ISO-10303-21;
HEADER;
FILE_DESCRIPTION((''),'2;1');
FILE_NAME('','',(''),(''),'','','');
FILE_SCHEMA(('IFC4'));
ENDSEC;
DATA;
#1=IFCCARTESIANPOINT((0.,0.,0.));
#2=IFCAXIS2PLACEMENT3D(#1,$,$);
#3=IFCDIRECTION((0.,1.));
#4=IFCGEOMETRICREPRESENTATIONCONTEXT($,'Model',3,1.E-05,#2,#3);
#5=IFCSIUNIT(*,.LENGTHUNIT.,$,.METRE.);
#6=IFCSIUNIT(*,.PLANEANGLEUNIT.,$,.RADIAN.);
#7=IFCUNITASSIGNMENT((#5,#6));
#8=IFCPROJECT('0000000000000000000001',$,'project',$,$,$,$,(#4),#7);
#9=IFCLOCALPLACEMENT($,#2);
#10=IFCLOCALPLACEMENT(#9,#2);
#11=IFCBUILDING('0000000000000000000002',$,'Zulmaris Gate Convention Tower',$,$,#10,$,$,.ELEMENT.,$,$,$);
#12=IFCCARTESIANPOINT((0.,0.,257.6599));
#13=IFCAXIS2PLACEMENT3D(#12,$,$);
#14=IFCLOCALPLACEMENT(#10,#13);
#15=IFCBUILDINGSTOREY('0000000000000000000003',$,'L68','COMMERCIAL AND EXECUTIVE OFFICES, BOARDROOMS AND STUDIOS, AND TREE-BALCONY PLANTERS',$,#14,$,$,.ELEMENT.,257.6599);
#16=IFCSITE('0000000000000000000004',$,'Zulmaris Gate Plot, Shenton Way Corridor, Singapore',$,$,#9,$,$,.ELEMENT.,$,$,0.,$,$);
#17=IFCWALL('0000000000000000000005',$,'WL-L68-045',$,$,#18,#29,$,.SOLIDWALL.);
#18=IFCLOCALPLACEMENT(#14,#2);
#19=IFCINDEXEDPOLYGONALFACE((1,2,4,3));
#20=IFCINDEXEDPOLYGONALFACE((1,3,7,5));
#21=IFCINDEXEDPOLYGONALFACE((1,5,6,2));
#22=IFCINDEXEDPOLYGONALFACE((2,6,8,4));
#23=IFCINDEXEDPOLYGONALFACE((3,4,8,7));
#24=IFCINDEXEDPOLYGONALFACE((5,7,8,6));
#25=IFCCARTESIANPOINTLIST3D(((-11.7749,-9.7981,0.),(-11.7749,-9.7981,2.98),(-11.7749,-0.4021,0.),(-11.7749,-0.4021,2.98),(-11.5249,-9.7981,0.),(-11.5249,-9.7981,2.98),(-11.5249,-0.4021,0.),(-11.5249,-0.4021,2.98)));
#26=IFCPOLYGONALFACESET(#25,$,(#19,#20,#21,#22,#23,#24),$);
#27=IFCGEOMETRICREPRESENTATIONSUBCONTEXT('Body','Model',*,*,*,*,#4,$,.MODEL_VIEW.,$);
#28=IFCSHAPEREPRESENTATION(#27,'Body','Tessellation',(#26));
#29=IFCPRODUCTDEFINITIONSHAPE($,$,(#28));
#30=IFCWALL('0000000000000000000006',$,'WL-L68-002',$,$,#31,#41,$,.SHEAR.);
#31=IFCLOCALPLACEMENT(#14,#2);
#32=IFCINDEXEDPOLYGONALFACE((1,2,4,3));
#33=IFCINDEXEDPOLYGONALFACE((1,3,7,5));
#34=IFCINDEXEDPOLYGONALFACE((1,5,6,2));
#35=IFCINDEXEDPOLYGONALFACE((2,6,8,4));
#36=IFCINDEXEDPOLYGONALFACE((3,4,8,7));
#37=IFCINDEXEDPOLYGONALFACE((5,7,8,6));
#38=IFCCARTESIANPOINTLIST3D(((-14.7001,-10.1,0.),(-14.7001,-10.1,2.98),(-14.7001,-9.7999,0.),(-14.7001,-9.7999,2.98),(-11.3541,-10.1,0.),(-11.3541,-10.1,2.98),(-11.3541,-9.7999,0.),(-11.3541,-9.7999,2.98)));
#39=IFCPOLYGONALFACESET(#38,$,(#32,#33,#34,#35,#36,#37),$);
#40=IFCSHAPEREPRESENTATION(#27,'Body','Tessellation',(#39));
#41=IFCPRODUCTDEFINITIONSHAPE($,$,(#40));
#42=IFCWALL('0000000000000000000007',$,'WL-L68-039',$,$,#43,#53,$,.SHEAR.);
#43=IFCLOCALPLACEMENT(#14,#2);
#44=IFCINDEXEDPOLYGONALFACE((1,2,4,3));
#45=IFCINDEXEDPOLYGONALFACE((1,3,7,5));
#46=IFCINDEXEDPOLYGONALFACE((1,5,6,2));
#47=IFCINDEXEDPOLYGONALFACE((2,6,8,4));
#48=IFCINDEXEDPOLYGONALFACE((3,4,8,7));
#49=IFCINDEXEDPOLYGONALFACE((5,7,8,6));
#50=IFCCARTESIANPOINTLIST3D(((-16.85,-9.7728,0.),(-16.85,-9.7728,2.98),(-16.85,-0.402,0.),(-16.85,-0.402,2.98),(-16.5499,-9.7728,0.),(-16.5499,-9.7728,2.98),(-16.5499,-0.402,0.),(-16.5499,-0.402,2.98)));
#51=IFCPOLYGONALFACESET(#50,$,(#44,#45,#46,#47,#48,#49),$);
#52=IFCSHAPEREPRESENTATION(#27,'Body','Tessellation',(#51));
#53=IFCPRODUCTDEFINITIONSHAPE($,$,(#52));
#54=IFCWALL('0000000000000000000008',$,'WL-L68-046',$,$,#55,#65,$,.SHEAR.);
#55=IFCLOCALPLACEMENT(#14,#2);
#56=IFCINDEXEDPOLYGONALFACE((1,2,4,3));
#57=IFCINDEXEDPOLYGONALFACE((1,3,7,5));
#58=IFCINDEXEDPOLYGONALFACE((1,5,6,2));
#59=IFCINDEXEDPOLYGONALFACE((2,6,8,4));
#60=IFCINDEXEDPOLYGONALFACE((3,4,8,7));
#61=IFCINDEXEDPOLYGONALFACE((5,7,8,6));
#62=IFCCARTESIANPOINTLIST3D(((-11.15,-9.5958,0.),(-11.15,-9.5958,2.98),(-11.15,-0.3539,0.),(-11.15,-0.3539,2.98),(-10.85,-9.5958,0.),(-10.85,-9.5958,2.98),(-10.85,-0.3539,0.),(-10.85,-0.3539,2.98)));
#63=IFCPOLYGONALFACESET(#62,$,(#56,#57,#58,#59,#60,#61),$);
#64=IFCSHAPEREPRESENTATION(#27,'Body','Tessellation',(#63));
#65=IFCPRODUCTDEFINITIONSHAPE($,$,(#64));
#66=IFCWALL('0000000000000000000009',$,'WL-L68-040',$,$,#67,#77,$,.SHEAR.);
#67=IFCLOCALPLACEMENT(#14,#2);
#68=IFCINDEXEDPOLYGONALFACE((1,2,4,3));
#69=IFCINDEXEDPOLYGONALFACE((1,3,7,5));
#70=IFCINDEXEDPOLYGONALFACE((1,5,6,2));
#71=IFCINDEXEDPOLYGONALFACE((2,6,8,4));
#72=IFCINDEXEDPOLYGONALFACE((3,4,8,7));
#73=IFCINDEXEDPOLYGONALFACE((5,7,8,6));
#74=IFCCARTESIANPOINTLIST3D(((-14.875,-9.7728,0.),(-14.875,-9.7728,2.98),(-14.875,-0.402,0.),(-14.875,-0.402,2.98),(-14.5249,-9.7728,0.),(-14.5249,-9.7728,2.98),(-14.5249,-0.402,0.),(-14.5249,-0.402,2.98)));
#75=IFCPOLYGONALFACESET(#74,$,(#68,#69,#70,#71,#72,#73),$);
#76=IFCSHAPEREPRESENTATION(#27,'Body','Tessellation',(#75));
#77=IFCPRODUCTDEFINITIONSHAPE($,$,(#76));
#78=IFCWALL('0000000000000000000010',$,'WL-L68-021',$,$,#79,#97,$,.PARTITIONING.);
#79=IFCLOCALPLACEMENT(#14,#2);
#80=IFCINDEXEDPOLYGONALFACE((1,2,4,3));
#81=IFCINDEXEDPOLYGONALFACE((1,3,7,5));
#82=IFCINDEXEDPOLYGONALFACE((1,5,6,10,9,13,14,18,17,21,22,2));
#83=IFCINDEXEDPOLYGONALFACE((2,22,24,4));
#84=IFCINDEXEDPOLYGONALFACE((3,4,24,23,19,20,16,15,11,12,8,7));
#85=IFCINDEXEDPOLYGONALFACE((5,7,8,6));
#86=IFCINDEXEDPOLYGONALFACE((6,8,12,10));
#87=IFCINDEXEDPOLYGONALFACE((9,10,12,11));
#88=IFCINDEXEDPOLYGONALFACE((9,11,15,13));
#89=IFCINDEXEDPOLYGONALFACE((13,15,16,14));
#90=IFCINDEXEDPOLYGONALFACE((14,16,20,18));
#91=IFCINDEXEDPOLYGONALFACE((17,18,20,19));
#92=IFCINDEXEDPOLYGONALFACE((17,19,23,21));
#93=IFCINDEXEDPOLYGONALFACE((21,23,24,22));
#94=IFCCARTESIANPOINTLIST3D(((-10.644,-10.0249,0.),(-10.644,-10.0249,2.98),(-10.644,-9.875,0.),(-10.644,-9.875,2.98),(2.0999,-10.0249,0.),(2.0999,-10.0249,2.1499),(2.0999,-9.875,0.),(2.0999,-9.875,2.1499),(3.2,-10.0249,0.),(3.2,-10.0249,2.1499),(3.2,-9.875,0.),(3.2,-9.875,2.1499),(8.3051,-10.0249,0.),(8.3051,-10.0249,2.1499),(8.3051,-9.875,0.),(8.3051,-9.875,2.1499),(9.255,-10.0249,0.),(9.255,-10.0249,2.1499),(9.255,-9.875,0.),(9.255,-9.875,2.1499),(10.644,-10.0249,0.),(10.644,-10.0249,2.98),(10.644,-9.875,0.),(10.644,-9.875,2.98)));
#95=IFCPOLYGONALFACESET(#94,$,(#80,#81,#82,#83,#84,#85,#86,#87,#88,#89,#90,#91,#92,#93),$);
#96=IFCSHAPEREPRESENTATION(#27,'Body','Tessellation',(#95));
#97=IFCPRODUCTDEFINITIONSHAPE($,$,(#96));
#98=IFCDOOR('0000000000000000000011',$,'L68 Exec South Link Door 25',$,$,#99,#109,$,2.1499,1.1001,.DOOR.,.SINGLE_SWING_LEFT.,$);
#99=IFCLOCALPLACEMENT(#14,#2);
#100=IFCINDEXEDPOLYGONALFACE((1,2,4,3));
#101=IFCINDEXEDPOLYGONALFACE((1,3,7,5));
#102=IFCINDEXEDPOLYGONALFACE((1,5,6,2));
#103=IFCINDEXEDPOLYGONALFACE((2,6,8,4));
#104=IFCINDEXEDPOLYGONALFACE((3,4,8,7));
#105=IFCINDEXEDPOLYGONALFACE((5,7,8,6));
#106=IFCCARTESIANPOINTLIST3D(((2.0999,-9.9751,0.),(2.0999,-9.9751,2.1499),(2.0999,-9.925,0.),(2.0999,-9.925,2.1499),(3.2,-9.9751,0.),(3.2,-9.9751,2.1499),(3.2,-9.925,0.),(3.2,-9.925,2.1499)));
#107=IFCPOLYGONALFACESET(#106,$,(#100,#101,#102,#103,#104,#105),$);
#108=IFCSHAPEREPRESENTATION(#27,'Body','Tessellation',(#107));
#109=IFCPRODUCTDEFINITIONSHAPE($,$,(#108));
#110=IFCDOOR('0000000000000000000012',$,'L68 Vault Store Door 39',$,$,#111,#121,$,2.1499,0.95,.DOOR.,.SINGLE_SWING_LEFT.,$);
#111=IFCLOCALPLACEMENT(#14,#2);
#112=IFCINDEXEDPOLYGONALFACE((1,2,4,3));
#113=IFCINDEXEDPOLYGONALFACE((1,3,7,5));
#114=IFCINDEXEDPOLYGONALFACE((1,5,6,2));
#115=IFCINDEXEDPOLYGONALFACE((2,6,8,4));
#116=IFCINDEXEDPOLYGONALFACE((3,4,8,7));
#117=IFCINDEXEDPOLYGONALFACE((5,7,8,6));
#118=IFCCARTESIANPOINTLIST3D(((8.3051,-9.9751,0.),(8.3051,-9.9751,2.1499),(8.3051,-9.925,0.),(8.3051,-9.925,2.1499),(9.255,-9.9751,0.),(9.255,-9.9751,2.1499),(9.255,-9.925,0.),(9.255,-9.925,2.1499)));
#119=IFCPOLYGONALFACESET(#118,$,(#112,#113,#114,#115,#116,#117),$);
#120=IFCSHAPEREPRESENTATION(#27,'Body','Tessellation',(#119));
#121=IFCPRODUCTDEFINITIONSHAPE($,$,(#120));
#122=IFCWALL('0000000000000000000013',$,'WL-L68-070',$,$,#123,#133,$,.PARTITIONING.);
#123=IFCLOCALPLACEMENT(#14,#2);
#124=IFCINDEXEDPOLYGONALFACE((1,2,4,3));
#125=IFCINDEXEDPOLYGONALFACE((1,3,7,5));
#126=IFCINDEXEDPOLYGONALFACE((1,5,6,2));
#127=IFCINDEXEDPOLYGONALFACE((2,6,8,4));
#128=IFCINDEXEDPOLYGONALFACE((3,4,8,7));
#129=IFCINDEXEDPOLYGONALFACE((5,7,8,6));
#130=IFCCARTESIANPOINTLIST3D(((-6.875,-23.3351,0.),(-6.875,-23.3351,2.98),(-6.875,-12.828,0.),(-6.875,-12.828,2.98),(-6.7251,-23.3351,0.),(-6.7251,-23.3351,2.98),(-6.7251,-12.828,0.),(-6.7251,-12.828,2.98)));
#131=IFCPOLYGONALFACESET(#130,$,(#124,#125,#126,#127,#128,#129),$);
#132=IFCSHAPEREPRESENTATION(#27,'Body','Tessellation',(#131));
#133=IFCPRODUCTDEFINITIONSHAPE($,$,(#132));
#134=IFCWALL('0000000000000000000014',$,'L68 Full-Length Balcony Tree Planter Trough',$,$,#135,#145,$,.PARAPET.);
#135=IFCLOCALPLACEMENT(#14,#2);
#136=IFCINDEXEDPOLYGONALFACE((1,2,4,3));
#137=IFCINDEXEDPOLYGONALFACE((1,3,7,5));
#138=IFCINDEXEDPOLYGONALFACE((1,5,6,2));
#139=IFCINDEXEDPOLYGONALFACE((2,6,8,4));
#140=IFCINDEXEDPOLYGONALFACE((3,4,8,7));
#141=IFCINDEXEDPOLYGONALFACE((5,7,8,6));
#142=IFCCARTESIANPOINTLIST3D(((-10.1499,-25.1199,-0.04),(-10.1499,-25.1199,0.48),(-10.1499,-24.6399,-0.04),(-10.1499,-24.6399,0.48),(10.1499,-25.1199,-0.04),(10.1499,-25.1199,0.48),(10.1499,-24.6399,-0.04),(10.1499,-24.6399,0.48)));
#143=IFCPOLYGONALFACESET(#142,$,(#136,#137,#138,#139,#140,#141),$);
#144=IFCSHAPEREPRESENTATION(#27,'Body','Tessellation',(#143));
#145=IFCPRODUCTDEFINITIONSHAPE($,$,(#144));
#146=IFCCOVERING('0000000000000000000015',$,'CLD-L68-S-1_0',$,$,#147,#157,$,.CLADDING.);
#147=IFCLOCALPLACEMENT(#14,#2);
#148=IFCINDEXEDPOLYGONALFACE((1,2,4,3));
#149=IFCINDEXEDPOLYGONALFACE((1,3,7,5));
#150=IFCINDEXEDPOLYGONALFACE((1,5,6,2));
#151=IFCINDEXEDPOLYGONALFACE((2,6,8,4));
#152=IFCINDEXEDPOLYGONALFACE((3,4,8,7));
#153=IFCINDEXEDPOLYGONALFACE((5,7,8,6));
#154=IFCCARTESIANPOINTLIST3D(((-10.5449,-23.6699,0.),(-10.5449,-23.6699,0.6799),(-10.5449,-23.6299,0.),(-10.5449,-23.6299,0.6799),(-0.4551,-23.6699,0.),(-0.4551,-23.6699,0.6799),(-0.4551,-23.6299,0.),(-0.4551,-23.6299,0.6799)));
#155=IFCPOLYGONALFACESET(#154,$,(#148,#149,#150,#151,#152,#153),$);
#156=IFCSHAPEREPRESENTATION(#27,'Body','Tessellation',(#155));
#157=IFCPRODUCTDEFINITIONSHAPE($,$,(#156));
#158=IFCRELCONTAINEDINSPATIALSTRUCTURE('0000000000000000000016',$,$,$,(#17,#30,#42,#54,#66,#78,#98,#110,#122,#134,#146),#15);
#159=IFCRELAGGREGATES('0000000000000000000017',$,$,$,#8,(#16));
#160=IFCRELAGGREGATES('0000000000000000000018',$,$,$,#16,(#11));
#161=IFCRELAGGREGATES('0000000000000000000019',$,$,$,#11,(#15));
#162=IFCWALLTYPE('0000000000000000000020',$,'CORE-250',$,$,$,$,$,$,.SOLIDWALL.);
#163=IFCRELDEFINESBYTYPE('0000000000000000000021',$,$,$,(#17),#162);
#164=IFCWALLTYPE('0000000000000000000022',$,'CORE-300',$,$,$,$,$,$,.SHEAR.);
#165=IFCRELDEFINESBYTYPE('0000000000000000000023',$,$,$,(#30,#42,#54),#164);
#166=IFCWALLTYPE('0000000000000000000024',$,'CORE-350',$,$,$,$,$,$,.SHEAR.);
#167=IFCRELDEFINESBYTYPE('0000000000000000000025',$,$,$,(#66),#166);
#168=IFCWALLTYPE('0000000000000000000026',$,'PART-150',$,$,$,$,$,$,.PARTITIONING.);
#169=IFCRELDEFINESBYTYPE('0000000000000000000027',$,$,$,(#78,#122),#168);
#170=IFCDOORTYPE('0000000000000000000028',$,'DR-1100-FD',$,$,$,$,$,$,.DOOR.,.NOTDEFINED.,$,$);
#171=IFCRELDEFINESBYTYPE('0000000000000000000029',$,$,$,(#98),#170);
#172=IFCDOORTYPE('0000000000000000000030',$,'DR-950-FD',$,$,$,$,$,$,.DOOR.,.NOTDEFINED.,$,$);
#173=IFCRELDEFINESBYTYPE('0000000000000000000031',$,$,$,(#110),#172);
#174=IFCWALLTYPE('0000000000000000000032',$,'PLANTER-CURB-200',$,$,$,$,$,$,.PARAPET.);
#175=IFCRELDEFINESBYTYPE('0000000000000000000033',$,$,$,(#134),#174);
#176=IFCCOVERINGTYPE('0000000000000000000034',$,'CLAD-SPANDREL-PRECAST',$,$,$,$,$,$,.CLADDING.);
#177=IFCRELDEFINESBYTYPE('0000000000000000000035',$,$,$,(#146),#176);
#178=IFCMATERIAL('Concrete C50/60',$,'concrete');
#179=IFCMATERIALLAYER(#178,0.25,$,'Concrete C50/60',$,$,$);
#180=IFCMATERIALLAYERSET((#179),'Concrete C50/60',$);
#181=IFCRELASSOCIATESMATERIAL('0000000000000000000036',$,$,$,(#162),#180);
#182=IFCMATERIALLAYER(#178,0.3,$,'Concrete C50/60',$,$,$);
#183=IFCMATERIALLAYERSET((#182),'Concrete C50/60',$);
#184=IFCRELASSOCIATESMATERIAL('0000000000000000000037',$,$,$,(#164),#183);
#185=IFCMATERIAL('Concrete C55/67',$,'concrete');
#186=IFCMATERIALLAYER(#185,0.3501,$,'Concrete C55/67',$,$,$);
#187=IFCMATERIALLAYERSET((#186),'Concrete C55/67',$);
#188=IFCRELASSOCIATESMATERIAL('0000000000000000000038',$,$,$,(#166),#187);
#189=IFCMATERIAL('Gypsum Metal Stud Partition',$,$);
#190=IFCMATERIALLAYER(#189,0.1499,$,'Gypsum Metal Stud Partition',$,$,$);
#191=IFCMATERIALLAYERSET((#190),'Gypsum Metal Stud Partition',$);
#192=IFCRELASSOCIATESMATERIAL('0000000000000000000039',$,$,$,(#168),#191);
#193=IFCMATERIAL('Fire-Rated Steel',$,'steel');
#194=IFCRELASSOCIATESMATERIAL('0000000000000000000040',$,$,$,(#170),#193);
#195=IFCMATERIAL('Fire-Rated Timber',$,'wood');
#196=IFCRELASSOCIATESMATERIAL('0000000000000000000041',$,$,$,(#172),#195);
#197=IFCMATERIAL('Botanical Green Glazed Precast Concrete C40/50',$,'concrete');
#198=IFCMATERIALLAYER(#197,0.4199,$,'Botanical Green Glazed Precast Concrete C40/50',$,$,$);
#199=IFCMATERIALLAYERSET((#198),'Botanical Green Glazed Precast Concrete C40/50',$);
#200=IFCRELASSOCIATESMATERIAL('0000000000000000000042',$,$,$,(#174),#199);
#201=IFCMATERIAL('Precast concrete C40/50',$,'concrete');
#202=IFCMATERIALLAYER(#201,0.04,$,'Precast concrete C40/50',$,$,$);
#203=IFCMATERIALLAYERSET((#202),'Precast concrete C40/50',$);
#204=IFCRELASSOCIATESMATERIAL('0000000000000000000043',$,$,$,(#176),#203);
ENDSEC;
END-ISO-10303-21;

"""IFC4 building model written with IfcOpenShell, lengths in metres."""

from ifc_helpers import new_model, si_unit, direction, frame, frame_2d, origin, place, context, subcontext, project, spatial, rectangle, extrude, material, layer, layer_set, type_object, element, fill, save


model = new_model("IFC4")

# Units and contexts
model_context = context("Model", 3, precision=1e-05, world=origin(), true_north=direction((0.0, 1.0)))
body_context = subcontext(model_context, "Body", "Model", "MODEL_VIEW")
ifc_project = project(units=[si_unit("LENGTHUNIT", "METRE"), si_unit("PLANEANGLEUNIT", "RADIAN")], contexts=[model_context])

# Site, building, storey
site_placement = place(None, origin())
site = spatial("IfcSite", under=ifc_project, at=site_placement, Name="Zulmaris Gate Plot, Shenton Way Corridor, Singapore", CompositionType="ELEMENT", RefElevation=0.0)
building_placement = place(site_placement, origin())
building = spatial("IfcBuilding", under=site, at=building_placement, Name="Zulmaris Gate Convention Tower", CompositionType="ELEMENT")
storey_placement = place(building_placement, frame((0.0, 0.0, 257.6599)))
storey = spatial("IfcBuildingStorey", under=building, at=storey_placement, Name="L68", Description="COMMERCIAL AND EXECUTIVE OFFICES, BOARDROOMS AND STUDIOS, AND TREE-BALCONY PLANTERS", CompositionType="ELEMENT", Elevation=257.6599)

# Shared definitions
ifc_material_1 = material(Name="Concrete C50/60", Category="concrete")

# Walls
ifc_layer_1 = layer(ifc_material_1, 0.25, Name="Concrete C50/60")
ifc_layer_set_1 = layer_set([ifc_layer_1], Name="Concrete C50/60")
wall_type_1 = type_object("IfcWallType", Name="CORE-250", PredefinedType="SOLIDWALL", material=ifc_layer_set_1)
wall_1_placement = place(storey_placement, frame((-11.6499, -9.7981, 0.0), z_axis=(0.0, 0.0, 1.0), x_axis=(0.0, 1.0, 0.0)))
element("IfcWall", 1, at=wall_1_placement, inside=storey, type_object=wall_type_1, Name="WL-L68-045", PredefinedType="SOLIDWALL", context=body_context, shape_type="SweptSolid", body=[
    extrude(rectangle(XDim=9.396, YDim=0.25, at=frame_2d((4.698, 0.0))), origin(), (0.0, 0.0, 1.0), 2.98),
])
ifc_layer_2 = layer(ifc_material_1, 0.3, Name="Concrete C50/60")
ifc_layer_set_2 = layer_set([ifc_layer_2], Name="Concrete C50/60")
wall_type_2 = type_object("IfcWallType", Name="CORE-300", PredefinedType="SHEAR", material=ifc_layer_set_2)
wall_2_placement = place(storey_placement, frame((-14.7, -9.95, 0.0), z_axis=(0.0, 0.0, 1.0), x_axis=(1.0, 0.0, 0.0)))
element("IfcWall", 2, at=wall_2_placement, inside=storey, type_object=wall_type_2, Name="WL-L68-002", PredefinedType="SHEAR", context=body_context, shape_type="SweptSolid", body=[
    extrude(rectangle(XDim=3.3459, YDim=0.3, at=frame_2d((1.6729, 0.0))), origin(), (0.0, 0.0, 1.0), 2.98),
])
wall_3_placement = place(storey_placement, frame((-16.7, -9.7729, 0.0), z_axis=(0.0, 0.0, 1.0), x_axis=(0.0, 1.0, 0.0)))
element("IfcWall", 3, at=wall_3_placement, inside=storey, type_object=wall_type_2, Name="WL-L68-039", PredefinedType="SHEAR", context=body_context, shape_type="SweptSolid", body=[
    extrude(rectangle(XDim=9.3708, YDim=0.3, at=frame_2d((4.6855, 0.0))), origin(), (0.0, 0.0, 1.0), 2.98),
])
wall_4_placement = place(storey_placement, frame((-11.0, -9.5959, 0.0), z_axis=(0.0, 0.0, 1.0), x_axis=(0.0, 1.0, 0.0)))
element("IfcWall", 4, at=wall_4_placement, inside=storey, type_object=wall_type_2, Name="WL-L68-046", PredefinedType="SHEAR", context=body_context, shape_type="SweptSolid", body=[
    extrude(rectangle(XDim=9.2419, YDim=0.3, at=frame_2d((4.6211, 0.0))), origin(), (0.0, 0.0, 1.0), 2.98),
])
ifc_material_2 = material(Name="Concrete C55/67", Category="concrete")
ifc_layer_3 = layer(ifc_material_2, 0.3501, Name="Concrete C55/67")
ifc_layer_set_3 = layer_set([ifc_layer_3], Name="Concrete C55/67")
wall_type_3 = type_object("IfcWallType", Name="CORE-350", PredefinedType="SHEAR", material=ifc_layer_set_3)
wall_5_placement = place(storey_placement, frame((-14.7, -9.7729, 0.0), z_axis=(0.0, 0.0, 1.0), x_axis=(0.0, 1.0, 0.0)))
element("IfcWall", 5, at=wall_5_placement, inside=storey, type_object=wall_type_3, Name="WL-L68-040", PredefinedType="SHEAR", context=body_context, shape_type="SweptSolid", body=[
    extrude(rectangle(XDim=9.3708, YDim=0.3501, at=frame_2d((4.6855, 0.0))), origin(), (0.0, 0.0, 1.0), 2.98),
])

# Wall, openings, doors
ifc_material_3 = material(Name="Gypsum Metal Stud Partition")
ifc_layer_4 = layer(ifc_material_3, 0.1499, Name="Gypsum Metal Stud Partition")
ifc_layer_set_4 = layer_set([ifc_layer_4], Name="Gypsum Metal Stud Partition")
wall_type_4 = type_object("IfcWallType", Name="PART-150", PredefinedType="PARTITIONING", material=ifc_layer_set_4)
wall_6_placement = place(storey_placement, frame((-10.644, -9.95, 0.0), z_axis=(0.0, 0.0, 1.0), x_axis=(1.0, 0.0, 0.0)))
wall_6 = element("IfcWall", 6, at=wall_6_placement, inside=storey, type_object=wall_type_4, Name="WL-L68-021", PredefinedType="PARTITIONING", context=body_context, shape_type="SweptSolid", body=[
    extrude(rectangle(XDim=21.2881, YDim=0.1499, at=frame_2d((10.644, 0.0))), origin(), (0.0, 0.0, 1.0), 2.98),
])
opening_1_placement = place(wall_6_placement, frame((12.7439, 0.0, 0.0)))
opening_1 = element("IfcOpeningElement", 7, at=opening_1_placement, cuts=wall_6, PredefinedType="OPENING", context=body_context, shape_type="SweptSolid", body=[
    extrude(rectangle(XDim=1.1001, YDim=2.1499, at=frame_2d((0.55, 1.075))), frame((0.0, 0.085, 0.0), z_axis=(0.0, -1.0, 0.0), x_axis=(1.0, 0.0, 0.0)), (0.0, 0.0, 1.0), 0.1699),
])
opening_2_placement = place(wall_6_placement, frame((18.949, 0.0, 0.0)))
opening_2 = element("IfcOpeningElement", 8, at=opening_2_placement, cuts=wall_6, PredefinedType="OPENING", context=body_context, shape_type="SweptSolid", body=[
    extrude(rectangle(XDim=0.95, YDim=2.1499, at=frame_2d((0.4751, 1.075))), frame((0.0, 0.085, 0.0), z_axis=(0.0, -1.0, 0.0), x_axis=(1.0, 0.0, 0.0)), (0.0, 0.0, 1.0), 0.1699),
])
ifc_material_4 = material(Name="Fire-Rated Steel", Category="steel")
door_type_1 = type_object("IfcDoorType", Name="DR-1100-FD", OperationType="NOTDEFINED", PredefinedType="DOOR", material=ifc_material_4)
door_1_placement = place(opening_1_placement, origin())
door_1 = element("IfcDoor", 9, at=door_1_placement, inside=storey, type_object=door_type_1, Name="L68 Exec South Link Door 25", OperationType="SINGLE_SWING_LEFT", OverallHeight=2.1499, OverallWidth=1.1001, PredefinedType="DOOR", context=body_context, shape_type="SweptSolid", body=[
    extrude(rectangle(XDim=1.1001, YDim=2.1499, at=frame_2d((0.55, 1.075))), frame((0.0, 0.0249, 0.0), z_axis=(0.0, -1.0, 0.0), x_axis=(1.0, 0.0, 0.0)), (0.0, 0.0, 1.0), 0.05),
])
fill(opening_1, door_1)
ifc_material_5 = material(Name="Fire-Rated Timber", Category="wood")
door_type_2 = type_object("IfcDoorType", Name="DR-950-FD", OperationType="NOTDEFINED", PredefinedType="DOOR", material=ifc_material_5)
door_2_placement = place(opening_2_placement, origin())
door_2 = element("IfcDoor", 10, at=door_2_placement, inside=storey, type_object=door_type_2, Name="L68 Vault Store Door 39", OperationType="SINGLE_SWING_LEFT", OverallHeight=2.1499, OverallWidth=0.95, PredefinedType="DOOR", context=body_context, shape_type="SweptSolid", body=[
    extrude(rectangle(XDim=0.95, YDim=2.1499, at=frame_2d((0.4751, 1.075))), frame((0.0, 0.0249, 0.0), z_axis=(0.0, -1.0, 0.0), x_axis=(1.0, 0.0, 0.0)), (0.0, 0.0, 1.0), 0.05),
])
fill(opening_2, door_2)

# Walls
wall_7_placement = place(storey_placement, frame((-6.8, -23.335, 0.0), z_axis=(0.0, 0.0, 1.0), x_axis=(0.0, 1.0, 0.0)))
element("IfcWall", 11, at=wall_7_placement, inside=storey, type_object=wall_type_4, Name="WL-L68-070", PredefinedType="PARTITIONING", context=body_context, shape_type="SweptSolid", body=[
    extrude(rectangle(XDim=10.5071, YDim=0.1499, at=frame_2d((5.2534, 0.0))), origin(), (0.0, 0.0, 1.0), 2.98),
])
ifc_material_6 = material(Name="Botanical Green Glazed Precast Concrete C40/50", Category="concrete")
ifc_layer_5 = layer(ifc_material_6, 0.4199, Name="Botanical Green Glazed Precast Concrete C40/50")
ifc_layer_set_5 = layer_set([ifc_layer_5], Name="Botanical Green Glazed Precast Concrete C40/50")
wall_type_5 = type_object("IfcWallType", Name="PLANTER-CURB-200", PredefinedType="PARAPET", material=ifc_layer_set_5)
wall_8_placement = place(storey_placement, frame((-10.1499, -24.8799, -0.04), z_axis=(0.0, 0.0, 1.0), x_axis=(1.0, 0.0, 0.0)))
element("IfcWall", 12, at=wall_8_placement, inside=storey, type_object=wall_type_5, Name="L68 Full-Length Balcony Tree Planter Trough", PredefinedType="PARAPET", context=body_context, shape_type="SweptSolid", body=[
    extrude(rectangle(XDim=20.2998, YDim=0.48, at=frame_2d((10.1499, 0.0))), origin(), (0.0, 0.0, 1.0), 0.52),
])

# Shared definitions
ifc_material_7 = material(Name="Precast concrete C40/50", Category="concrete")

# Covering
ifc_layer_6 = layer(ifc_material_7, 0.04, Name="Precast concrete C40/50")
ifc_layer_set_6 = layer_set([ifc_layer_6], Name="Precast concrete C40/50")
covering_type = type_object("IfcCoveringType", Name="CLAD-SPANDREL-PRECAST", PredefinedType="CLADDING", material=ifc_layer_set_6)
covering_placement = place(storey_placement, frame((-10.5449, -23.6499, 0.0), z_axis=(0.0, 0.0, 1.0), x_axis=(1.0, 0.0, 0.0)))
element("IfcCovering", 13, at=covering_placement, inside=storey, type_object=covering_type, Name="CLD-L68-S-1_0", PredefinedType="CLADDING", context=body_context, shape_type="SweptSolid", body=[
    extrude(rectangle(XDim=10.0898, YDim=0.04, at=frame_2d((5.0449, 0.0))), origin(), (0.0, 0.0, 1.0), 0.6799),
])

save(model, "model.ifc")
